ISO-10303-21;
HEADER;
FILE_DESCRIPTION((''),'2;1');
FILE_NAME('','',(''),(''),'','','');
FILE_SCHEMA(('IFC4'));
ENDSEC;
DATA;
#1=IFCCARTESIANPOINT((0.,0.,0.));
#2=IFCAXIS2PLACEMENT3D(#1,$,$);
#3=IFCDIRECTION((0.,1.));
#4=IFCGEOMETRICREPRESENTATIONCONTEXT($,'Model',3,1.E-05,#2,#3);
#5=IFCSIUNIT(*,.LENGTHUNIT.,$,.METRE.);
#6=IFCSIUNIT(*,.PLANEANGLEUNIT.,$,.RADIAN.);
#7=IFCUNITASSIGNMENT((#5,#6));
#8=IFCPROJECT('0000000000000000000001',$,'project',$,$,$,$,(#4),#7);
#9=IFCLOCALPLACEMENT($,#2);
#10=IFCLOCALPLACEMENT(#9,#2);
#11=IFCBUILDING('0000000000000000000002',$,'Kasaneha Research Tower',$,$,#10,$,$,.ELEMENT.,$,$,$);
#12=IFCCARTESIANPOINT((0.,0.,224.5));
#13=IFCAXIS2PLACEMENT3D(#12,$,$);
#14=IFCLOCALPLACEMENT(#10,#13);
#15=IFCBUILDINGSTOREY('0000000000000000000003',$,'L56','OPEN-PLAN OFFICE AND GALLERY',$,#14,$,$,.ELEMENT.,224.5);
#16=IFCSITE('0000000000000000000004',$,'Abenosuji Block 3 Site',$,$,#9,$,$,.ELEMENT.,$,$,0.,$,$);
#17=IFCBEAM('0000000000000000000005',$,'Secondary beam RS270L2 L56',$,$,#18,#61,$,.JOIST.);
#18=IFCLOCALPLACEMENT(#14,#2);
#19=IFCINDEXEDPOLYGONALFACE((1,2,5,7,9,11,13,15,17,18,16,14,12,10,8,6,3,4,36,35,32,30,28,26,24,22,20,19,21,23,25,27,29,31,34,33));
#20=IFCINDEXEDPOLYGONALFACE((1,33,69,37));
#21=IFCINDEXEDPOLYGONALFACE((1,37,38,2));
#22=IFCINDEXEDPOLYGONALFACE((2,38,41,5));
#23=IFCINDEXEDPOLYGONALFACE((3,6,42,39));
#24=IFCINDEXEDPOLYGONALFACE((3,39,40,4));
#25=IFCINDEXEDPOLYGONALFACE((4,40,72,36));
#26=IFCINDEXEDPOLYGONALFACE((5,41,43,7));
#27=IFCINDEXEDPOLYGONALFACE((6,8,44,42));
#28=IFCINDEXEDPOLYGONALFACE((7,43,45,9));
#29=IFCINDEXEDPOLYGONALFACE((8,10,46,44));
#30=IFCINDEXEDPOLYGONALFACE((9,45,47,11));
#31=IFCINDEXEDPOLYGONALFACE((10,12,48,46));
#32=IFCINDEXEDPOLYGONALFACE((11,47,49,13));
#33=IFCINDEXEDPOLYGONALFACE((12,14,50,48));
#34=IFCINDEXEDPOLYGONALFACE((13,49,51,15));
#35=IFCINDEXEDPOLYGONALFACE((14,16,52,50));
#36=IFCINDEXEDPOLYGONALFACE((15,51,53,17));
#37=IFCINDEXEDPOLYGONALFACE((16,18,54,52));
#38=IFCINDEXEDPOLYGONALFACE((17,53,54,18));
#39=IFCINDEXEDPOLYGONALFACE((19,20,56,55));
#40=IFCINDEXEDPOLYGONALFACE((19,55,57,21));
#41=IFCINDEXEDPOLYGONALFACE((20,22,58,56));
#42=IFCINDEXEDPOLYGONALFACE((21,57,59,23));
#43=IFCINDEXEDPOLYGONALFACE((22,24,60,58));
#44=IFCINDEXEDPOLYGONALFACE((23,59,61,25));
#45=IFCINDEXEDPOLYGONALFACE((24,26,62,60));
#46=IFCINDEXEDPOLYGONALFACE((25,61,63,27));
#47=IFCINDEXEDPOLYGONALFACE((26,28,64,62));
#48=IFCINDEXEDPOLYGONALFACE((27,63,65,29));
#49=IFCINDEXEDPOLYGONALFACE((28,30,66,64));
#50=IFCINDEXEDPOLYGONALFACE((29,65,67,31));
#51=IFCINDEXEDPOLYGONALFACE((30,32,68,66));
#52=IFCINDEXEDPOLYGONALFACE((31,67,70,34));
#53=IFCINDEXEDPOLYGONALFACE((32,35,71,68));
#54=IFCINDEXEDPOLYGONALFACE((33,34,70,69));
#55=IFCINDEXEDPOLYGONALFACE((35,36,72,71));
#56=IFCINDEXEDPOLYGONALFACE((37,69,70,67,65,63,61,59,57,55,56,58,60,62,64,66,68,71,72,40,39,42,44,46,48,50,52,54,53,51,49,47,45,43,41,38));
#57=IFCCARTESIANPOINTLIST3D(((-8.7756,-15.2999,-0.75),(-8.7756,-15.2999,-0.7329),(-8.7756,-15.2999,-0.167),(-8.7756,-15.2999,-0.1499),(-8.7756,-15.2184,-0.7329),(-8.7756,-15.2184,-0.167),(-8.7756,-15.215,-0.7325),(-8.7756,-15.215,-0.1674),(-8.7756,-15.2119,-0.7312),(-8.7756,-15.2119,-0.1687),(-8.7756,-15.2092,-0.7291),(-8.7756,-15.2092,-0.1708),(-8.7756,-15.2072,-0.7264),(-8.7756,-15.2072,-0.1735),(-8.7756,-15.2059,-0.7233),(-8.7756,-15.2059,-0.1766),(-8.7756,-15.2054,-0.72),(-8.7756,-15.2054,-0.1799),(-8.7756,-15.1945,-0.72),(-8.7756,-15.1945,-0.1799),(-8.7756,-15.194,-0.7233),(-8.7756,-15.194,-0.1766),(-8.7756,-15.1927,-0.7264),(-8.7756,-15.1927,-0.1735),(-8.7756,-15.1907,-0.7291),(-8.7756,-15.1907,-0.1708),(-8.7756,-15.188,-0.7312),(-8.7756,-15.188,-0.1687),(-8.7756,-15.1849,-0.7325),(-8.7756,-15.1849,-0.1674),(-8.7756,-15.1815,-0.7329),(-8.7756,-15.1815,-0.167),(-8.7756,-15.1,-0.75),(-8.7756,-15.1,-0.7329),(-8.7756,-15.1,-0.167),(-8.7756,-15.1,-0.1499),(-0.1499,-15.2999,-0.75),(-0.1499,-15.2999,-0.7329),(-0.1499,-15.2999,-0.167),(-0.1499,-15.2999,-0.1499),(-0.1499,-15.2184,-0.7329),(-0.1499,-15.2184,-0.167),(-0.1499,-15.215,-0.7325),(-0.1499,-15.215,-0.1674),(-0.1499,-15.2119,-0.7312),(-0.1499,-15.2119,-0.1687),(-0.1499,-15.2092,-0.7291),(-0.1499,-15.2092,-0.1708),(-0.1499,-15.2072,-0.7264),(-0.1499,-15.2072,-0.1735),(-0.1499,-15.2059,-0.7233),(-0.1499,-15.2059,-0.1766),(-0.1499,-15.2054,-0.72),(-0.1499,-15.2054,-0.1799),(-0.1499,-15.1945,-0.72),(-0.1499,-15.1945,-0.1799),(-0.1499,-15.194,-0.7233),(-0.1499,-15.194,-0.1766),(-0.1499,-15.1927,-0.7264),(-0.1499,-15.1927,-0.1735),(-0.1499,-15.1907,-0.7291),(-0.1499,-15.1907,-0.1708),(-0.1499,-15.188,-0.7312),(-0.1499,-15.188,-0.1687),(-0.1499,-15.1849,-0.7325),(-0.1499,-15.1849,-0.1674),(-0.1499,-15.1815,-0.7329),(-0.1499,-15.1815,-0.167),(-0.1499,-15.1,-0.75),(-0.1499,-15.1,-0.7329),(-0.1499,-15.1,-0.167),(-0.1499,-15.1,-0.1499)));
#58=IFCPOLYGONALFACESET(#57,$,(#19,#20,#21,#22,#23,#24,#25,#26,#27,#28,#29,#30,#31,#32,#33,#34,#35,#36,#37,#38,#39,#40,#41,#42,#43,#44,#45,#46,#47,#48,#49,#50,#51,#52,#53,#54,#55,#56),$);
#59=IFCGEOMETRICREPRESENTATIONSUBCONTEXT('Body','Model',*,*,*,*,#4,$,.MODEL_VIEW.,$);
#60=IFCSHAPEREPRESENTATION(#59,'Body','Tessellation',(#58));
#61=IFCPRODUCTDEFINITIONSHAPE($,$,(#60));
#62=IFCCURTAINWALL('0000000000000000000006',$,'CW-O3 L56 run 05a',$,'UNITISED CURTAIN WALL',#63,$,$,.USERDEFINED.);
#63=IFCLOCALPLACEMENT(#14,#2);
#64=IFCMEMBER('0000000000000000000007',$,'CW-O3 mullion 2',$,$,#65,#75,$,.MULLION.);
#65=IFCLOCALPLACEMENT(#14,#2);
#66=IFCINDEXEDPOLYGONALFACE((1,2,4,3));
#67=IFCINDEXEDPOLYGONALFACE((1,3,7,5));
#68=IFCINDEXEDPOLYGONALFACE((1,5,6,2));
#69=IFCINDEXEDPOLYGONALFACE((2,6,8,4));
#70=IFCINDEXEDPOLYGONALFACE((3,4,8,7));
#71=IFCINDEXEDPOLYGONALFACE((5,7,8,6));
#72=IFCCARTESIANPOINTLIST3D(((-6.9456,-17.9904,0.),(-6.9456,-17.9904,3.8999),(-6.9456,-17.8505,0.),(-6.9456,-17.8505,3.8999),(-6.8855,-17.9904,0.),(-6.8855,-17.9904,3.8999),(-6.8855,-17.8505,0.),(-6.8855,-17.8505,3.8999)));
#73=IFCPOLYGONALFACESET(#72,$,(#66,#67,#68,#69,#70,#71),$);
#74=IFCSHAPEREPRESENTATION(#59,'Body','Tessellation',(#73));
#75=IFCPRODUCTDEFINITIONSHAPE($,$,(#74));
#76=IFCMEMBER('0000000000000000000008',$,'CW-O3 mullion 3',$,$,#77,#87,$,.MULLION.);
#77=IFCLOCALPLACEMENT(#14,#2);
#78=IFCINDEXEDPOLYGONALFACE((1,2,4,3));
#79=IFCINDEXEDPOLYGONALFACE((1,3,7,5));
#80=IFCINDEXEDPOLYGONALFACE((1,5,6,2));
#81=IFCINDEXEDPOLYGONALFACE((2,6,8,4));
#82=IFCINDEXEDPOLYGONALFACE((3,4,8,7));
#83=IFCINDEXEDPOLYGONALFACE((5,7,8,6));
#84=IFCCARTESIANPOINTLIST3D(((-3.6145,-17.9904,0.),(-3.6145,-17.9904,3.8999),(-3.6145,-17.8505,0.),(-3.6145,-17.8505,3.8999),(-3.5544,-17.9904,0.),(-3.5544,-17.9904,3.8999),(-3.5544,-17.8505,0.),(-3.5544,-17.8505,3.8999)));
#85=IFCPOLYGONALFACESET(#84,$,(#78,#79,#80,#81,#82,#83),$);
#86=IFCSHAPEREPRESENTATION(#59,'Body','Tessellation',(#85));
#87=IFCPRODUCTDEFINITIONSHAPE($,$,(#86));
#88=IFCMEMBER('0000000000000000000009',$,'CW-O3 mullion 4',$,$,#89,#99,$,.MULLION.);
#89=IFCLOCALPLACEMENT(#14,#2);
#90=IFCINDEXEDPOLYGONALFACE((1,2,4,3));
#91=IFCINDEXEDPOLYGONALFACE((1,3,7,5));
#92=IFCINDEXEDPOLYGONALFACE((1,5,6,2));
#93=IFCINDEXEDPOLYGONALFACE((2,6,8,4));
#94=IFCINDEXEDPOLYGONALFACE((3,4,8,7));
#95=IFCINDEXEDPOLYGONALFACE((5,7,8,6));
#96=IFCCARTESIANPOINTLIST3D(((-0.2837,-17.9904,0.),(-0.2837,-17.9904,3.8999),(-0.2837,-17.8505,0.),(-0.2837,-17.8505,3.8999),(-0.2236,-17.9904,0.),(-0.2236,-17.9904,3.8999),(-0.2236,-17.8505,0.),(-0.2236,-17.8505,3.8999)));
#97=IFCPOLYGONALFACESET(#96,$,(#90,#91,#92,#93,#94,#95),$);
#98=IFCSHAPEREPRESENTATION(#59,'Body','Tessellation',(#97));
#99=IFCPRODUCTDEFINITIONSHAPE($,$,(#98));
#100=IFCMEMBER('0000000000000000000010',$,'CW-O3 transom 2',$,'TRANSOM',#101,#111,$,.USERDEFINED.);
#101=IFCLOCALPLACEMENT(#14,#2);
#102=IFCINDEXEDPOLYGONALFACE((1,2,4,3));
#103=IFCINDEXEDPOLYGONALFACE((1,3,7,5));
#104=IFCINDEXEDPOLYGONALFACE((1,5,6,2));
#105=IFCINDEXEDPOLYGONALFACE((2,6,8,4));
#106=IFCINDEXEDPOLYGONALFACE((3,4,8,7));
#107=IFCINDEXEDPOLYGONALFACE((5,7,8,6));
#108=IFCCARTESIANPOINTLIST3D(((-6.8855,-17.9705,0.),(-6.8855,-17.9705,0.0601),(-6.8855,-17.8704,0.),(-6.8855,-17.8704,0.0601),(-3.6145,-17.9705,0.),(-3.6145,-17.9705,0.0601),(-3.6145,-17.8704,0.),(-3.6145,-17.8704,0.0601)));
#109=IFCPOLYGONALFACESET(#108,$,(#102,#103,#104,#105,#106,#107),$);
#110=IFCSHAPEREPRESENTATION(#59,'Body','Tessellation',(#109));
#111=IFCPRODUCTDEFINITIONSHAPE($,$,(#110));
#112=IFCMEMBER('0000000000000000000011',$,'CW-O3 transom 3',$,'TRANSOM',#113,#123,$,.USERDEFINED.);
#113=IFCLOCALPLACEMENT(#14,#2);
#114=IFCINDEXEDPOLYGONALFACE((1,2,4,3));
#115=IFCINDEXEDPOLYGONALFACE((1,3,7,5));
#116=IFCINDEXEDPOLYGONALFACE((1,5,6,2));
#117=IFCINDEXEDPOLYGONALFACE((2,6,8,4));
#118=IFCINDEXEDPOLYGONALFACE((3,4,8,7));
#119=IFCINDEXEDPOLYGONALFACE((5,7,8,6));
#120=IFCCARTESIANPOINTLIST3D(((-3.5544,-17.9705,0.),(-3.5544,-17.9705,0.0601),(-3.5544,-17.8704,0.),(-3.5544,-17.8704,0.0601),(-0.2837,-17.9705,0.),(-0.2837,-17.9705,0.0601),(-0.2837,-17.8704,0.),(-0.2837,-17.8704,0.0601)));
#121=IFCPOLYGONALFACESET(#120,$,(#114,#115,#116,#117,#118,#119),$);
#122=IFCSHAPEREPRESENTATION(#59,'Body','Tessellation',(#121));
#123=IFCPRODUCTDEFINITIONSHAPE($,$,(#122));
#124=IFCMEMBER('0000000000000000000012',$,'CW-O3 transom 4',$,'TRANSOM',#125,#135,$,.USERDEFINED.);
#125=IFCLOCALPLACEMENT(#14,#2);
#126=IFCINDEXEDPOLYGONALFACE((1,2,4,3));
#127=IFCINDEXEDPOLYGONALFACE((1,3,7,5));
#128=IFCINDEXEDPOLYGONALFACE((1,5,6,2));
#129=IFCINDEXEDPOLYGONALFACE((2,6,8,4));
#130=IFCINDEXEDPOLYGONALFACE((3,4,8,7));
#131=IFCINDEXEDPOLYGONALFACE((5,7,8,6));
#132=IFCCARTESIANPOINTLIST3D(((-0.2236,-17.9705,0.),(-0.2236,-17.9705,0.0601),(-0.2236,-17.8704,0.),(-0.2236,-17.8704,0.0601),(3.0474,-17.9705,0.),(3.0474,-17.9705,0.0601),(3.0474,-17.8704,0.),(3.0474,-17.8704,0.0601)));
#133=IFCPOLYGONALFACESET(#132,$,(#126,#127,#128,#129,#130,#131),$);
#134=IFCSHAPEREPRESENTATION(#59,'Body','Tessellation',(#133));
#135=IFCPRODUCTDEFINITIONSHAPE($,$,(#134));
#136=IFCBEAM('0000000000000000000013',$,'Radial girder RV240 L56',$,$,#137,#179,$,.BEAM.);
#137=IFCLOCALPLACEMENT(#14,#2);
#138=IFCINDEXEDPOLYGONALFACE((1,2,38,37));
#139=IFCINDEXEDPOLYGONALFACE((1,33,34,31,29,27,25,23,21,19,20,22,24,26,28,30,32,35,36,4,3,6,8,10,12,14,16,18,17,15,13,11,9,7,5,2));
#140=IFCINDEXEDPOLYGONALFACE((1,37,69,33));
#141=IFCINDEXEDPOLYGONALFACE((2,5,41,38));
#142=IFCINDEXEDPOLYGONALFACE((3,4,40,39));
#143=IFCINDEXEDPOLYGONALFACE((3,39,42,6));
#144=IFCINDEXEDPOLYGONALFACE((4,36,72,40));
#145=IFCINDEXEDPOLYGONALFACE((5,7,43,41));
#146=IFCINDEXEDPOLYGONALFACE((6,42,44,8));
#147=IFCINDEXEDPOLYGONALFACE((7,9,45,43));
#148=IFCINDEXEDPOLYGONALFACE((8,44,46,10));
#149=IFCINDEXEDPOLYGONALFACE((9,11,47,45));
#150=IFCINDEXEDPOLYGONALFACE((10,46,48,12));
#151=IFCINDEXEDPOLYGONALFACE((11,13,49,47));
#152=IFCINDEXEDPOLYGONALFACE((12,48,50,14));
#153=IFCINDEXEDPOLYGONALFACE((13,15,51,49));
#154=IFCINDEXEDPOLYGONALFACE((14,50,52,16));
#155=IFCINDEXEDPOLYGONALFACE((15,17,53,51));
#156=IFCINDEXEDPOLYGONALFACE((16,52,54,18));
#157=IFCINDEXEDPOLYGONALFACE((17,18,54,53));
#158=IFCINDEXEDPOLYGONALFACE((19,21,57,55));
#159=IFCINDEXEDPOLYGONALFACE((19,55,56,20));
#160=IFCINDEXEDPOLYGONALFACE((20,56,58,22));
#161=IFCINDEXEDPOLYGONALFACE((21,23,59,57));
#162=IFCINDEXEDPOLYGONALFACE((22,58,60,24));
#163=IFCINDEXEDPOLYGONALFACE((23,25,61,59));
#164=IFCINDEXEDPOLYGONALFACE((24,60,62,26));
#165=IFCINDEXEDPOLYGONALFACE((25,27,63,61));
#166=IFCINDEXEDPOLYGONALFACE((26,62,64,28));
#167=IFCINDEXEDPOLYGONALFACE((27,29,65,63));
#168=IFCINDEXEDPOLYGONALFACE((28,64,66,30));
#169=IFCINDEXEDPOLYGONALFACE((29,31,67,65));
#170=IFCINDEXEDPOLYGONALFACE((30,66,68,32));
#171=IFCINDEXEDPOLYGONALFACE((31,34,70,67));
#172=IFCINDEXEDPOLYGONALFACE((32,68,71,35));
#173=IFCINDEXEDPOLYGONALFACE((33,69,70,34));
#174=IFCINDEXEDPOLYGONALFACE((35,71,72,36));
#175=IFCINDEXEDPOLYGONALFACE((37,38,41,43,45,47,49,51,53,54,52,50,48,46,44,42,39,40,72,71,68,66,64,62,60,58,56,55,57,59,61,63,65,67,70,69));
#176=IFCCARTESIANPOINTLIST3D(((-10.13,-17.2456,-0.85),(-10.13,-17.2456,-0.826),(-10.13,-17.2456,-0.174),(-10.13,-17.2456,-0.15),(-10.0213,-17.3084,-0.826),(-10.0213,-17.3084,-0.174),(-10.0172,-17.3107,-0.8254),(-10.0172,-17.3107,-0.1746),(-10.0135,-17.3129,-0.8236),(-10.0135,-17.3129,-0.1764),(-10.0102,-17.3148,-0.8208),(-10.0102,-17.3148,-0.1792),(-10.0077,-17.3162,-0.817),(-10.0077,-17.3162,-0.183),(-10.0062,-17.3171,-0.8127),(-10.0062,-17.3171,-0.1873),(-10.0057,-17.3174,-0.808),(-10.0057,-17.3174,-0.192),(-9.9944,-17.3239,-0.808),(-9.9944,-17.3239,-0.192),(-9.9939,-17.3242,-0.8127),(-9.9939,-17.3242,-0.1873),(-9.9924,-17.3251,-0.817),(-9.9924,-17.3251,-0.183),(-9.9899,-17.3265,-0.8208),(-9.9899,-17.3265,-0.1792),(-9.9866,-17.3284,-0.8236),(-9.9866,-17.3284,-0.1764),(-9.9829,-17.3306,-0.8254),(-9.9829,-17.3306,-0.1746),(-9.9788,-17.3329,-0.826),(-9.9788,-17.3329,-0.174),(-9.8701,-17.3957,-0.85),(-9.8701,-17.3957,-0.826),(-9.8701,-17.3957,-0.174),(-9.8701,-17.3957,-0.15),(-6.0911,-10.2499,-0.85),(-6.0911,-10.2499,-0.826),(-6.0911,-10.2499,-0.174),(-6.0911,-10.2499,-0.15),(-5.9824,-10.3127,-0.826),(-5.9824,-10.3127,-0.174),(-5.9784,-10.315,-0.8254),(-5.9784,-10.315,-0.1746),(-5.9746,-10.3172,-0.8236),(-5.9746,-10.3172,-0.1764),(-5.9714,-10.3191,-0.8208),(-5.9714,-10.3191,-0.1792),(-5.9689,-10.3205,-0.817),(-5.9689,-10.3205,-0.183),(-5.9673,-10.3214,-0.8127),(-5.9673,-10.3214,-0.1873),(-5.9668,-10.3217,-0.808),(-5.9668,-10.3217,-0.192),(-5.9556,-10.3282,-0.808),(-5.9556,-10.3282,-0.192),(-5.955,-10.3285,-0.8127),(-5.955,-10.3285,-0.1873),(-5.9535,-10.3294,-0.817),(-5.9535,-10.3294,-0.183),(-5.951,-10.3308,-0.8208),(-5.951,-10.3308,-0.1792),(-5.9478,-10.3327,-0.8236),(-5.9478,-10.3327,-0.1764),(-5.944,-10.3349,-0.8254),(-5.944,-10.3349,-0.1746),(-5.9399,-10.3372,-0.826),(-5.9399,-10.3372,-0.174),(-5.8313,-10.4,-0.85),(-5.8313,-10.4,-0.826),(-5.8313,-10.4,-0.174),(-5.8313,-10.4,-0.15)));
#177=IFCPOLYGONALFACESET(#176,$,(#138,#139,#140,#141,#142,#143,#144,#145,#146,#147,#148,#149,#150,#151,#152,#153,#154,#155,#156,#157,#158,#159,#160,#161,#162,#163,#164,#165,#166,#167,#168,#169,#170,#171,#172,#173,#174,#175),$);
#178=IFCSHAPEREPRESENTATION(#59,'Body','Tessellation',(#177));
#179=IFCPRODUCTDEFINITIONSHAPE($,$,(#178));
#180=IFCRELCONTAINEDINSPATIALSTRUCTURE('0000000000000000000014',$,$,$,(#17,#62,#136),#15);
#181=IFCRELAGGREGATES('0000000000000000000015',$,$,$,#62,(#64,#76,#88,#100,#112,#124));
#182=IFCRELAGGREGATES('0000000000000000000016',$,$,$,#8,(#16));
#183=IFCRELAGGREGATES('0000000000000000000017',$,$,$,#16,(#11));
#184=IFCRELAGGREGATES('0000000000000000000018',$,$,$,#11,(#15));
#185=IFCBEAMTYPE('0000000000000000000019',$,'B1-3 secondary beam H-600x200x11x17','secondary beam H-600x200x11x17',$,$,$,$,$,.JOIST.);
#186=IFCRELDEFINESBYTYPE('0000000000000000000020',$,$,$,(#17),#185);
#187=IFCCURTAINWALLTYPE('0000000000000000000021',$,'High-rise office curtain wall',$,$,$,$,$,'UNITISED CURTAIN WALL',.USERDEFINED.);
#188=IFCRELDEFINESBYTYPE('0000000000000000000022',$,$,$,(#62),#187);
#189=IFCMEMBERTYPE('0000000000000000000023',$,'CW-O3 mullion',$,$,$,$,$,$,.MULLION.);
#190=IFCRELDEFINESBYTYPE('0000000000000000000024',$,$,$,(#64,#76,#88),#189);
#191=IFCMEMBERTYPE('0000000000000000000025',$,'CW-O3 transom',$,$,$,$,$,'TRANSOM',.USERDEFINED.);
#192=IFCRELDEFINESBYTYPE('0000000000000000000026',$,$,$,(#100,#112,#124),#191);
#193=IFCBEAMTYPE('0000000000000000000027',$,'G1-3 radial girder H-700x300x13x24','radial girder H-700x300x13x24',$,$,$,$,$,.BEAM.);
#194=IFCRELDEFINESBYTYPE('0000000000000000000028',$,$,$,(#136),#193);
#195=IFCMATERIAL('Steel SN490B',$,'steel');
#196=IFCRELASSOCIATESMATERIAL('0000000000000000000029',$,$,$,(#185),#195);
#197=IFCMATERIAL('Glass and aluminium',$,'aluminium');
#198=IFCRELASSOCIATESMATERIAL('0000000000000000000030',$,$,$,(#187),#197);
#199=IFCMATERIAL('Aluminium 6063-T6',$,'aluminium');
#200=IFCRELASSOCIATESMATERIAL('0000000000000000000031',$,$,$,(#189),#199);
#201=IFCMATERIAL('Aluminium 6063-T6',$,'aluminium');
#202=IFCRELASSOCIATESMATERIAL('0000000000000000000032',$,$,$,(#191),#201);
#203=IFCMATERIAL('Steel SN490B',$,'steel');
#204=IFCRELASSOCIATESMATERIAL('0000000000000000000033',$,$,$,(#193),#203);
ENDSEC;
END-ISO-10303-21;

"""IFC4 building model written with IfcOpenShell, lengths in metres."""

from ifc_helpers import new_model, si_unit, direction, frame, origin, origin_2d, place, context, subcontext, project, spatial, rectangle, i_section, extrude, material, material_profile, profile_set, type_object, element, aggregate, save


model = new_model("IFC4")

# Units and contexts
model_context = context("Model", 3, precision=1e-05, world=origin(), true_north=direction((0.0, 1.0)))
body_context = subcontext(model_context, "Body", "Model", "MODEL_VIEW")
ifc_project = project(units=[si_unit("LENGTHUNIT", "METRE"), si_unit("PLANEANGLEUNIT", "RADIAN")], contexts=[model_context])

# Site, building, storey
site_placement = place(None, origin())
site = spatial("IfcSite", under=ifc_project, at=site_placement, Name="Abenosuji Block 3 Site", CompositionType="ELEMENT", RefElevation=0.0)
building_placement = place(site_placement, origin())
building = spatial("IfcBuilding", under=site, at=building_placement, Name="Kasaneha Research Tower", CompositionType="ELEMENT")
storey_placement = place(building_placement, frame((0.0, 0.0, 224.5)))
storey = spatial("IfcBuildingStorey", under=building, at=storey_placement, Name="L56", Description="OPEN-PLAN OFFICE AND GALLERY", CompositionType="ELEMENT", Elevation=224.5)

# Beam
ifc_material_1 = material(Name="Steel SN490B", Category="steel")
ifc_material_profile_1 = material_profile(ifc_material_1, i_section(OverallWidth=0.2, OverallDepth=0.6001, WebThickness=0.011, FlangeThickness=0.0171, FilletRadius=0.0129, at=origin_2d()), Name="H-600x200x11x17")
ifc_profile_set_1 = profile_set([ifc_material_profile_1], Name="Steel SN490B")
beam_type_1 = type_object("IfcBeamType", Name="B1-3 secondary beam H-600x200x11x17", Description="secondary beam H-600x200x11x17", PredefinedType="JOIST", material=ifc_profile_set_1)
beam_1_placement = place(storey_placement, frame((-8.7756, -15.2, -0.45), z_axis=(1.0, 0.0, 0.0), x_axis=(0.0, 1.0, 0.0)))
element("IfcBeam", 1, at=beam_1_placement, inside=storey, type_object=beam_type_1, Name="Secondary beam RS270L2 L56", PredefinedType="JOIST", context=body_context, shape_type="SweptSolid", body=[
    extrude(i_section(OverallWidth=0.2, OverallDepth=0.6001, WebThickness=0.011, FlangeThickness=0.0171, FilletRadius=0.0129, at=origin_2d()), origin(), (0.0, 0.0, 1.0), 8.6257),
])

# Curtain wall, members
ifc_material_2 = material(Name="Glass and aluminium", Category="aluminium")
curtain_wall_type = type_object("IfcCurtainWallType", Name="High-rise office curtain wall", ElementType="UNITISED CURTAIN WALL", PredefinedType="USERDEFINED", material=ifc_material_2)
curtain_wall_placement = place(storey_placement, origin())
curtain_wall = element("IfcCurtainWall", 2, at=curtain_wall_placement, inside=storey, type_object=curtain_wall_type, Name="CW-O3 L56 run 05a", ObjectType="UNITISED CURTAIN WALL", PredefinedType="USERDEFINED")
ifc_material_3 = material(Name="Aluminium 6063-T6", Category="aluminium")
ifc_material_profile_2 = material_profile(ifc_material_3, rectangle(XDim=0.0601, YDim=0.1399, at=origin_2d()), Name="CW-O3 mullion 60x140")
ifc_profile_set_2 = profile_set([ifc_material_profile_2], Name="Aluminium 6063-T6")
member_type_1 = type_object("IfcMemberType", Name="CW-O3 mullion", PredefinedType="MULLION", material=ifc_profile_set_2)
member_1_placement = place(storey_placement, frame((-6.9155, -17.9204, 0.0), z_axis=(0.0, 0.0, 1.0), x_axis=(1.0, 0.0, 0.0)))
member_1 = element("IfcMember", 3, at=member_1_placement, type_object=member_type_1, Name="CW-O3 mullion 2", PredefinedType="MULLION", context=body_context, shape_type="SweptSolid", body=[
    extrude(rectangle(XDim=0.0601, YDim=0.1399, at=origin_2d()), origin(), (0.0, 0.0, 1.0), 3.8999),
])
member_2_placement = place(storey_placement, frame((-3.5845, -17.9204, 0.0), z_axis=(0.0, 0.0, 1.0), x_axis=(1.0, 0.0, 0.0)))
member_2 = element("IfcMember", 4, at=member_2_placement, type_object=member_type_1, Name="CW-O3 mullion 3", PredefinedType="MULLION", context=body_context, shape_type="SweptSolid", body=[
    extrude(rectangle(XDim=0.0601, YDim=0.1399, at=origin_2d()), origin(), (0.0, 0.0, 1.0), 3.8999),
])
member_3_placement = place(storey_placement, frame((-0.2537, -17.9204, 0.0), z_axis=(0.0, 0.0, 1.0), x_axis=(1.0, 0.0, 0.0)))
member_3 = element("IfcMember", 5, at=member_3_placement, type_object=member_type_1, Name="CW-O3 mullion 4", PredefinedType="MULLION", context=body_context, shape_type="SweptSolid", body=[
    extrude(rectangle(XDim=0.0601, YDim=0.1399, at=origin_2d()), origin(), (0.0, 0.0, 1.0), 3.8999),
])
ifc_material_4 = material(Name="Aluminium 6063-T6", Category="aluminium")
ifc_material_profile_3 = material_profile(ifc_material_4, rectangle(XDim=0.1001, YDim=0.0601, at=origin_2d()), Name="CW-O3 transom 100x60")
ifc_profile_set_3 = profile_set([ifc_material_profile_3], Name="Aluminium 6063-T6")
member_type_2 = type_object("IfcMemberType", Name="CW-O3 transom", ElementType="TRANSOM", PredefinedType="USERDEFINED", material=ifc_profile_set_3)
member_4_placement = place(storey_placement, frame((-6.8855, -17.9204, 0.03), z_axis=(1.0, 0.0, 0.0), x_axis=(0.0, 1.0, 0.0)))
member_4 = element("IfcMember", 6, at=member_4_placement, type_object=member_type_2, Name="CW-O3 transom 2", ObjectType="TRANSOM", PredefinedType="USERDEFINED", context=body_context, shape_type="SweptSolid", body=[
    extrude(rectangle(XDim=0.1001, YDim=0.0601, at=origin_2d()), origin(), (0.0, 0.0, 1.0), 3.271),
])
member_5_placement = place(storey_placement, frame((-3.5544, -17.9204, 0.03), z_axis=(1.0, 0.0, 0.0), x_axis=(0.0, 1.0, 0.0)))
member_5 = element("IfcMember", 7, at=member_5_placement, type_object=member_type_2, Name="CW-O3 transom 3", ObjectType="TRANSOM", PredefinedType="USERDEFINED", context=body_context, shape_type="SweptSolid", body=[
    extrude(rectangle(XDim=0.1001, YDim=0.0601, at=origin_2d()), origin(), (0.0, 0.0, 1.0), 3.2708),
])
member_6_placement = place(storey_placement, frame((-0.2236, -17.9204, 0.03), z_axis=(1.0, 0.0, 0.0), x_axis=(0.0, 1.0, 0.0)))
member_6 = element("IfcMember", 8, at=member_6_placement, type_object=member_type_2, Name="CW-O3 transom 4", ObjectType="TRANSOM", PredefinedType="USERDEFINED", context=body_context, shape_type="SweptSolid", body=[
    extrude(rectangle(XDim=0.1001, YDim=0.0601, at=origin_2d()), origin(), (0.0, 0.0, 1.0), 3.271),
])

# Beam
ifc_material_5 = material(Name="Steel SN490B", Category="steel")
ifc_material_profile_4 = material_profile(ifc_material_5, i_section(OverallWidth=0.3, OverallDepth=0.7, WebThickness=0.0129, FlangeThickness=0.0239, FilletRadius=0.0181, at=origin_2d()), Name="H-700x300x13x24")
ifc_profile_set_4 = profile_set([ifc_material_profile_4], Name="Steel SN490B")
beam_type_2 = type_object("IfcBeamType", Name="G1-3 radial girder H-700x300x13x24", Description="radial girder H-700x300x13x24", PredefinedType="BEAM", material=ifc_profile_set_4)
beam_2_placement = place(storey_placement, frame((-5.9612, -10.325, -0.5), z_axis=(-0.499991, -0.866031, 0.0), x_axis=(0.866031, -0.499991, 0.0)))
element("IfcBeam", 9, at=beam_2_placement, inside=storey, type_object=beam_type_2, Name="Radial girder RV240 L56", PredefinedType="BEAM", context=body_context, shape_type="SweptSolid", body=[
    extrude(i_section(OverallWidth=0.3, OverallDepth=0.7, WebThickness=0.0129, FlangeThickness=0.0239, FilletRadius=0.0181, at=origin_2d()), origin(), (0.0, 0.0, 1.0), 8.0779),
])

aggregate(curtain_wall, [member_1, member_2, member_3, member_4, member_5, member_6])

save(model, "model.ifc")
